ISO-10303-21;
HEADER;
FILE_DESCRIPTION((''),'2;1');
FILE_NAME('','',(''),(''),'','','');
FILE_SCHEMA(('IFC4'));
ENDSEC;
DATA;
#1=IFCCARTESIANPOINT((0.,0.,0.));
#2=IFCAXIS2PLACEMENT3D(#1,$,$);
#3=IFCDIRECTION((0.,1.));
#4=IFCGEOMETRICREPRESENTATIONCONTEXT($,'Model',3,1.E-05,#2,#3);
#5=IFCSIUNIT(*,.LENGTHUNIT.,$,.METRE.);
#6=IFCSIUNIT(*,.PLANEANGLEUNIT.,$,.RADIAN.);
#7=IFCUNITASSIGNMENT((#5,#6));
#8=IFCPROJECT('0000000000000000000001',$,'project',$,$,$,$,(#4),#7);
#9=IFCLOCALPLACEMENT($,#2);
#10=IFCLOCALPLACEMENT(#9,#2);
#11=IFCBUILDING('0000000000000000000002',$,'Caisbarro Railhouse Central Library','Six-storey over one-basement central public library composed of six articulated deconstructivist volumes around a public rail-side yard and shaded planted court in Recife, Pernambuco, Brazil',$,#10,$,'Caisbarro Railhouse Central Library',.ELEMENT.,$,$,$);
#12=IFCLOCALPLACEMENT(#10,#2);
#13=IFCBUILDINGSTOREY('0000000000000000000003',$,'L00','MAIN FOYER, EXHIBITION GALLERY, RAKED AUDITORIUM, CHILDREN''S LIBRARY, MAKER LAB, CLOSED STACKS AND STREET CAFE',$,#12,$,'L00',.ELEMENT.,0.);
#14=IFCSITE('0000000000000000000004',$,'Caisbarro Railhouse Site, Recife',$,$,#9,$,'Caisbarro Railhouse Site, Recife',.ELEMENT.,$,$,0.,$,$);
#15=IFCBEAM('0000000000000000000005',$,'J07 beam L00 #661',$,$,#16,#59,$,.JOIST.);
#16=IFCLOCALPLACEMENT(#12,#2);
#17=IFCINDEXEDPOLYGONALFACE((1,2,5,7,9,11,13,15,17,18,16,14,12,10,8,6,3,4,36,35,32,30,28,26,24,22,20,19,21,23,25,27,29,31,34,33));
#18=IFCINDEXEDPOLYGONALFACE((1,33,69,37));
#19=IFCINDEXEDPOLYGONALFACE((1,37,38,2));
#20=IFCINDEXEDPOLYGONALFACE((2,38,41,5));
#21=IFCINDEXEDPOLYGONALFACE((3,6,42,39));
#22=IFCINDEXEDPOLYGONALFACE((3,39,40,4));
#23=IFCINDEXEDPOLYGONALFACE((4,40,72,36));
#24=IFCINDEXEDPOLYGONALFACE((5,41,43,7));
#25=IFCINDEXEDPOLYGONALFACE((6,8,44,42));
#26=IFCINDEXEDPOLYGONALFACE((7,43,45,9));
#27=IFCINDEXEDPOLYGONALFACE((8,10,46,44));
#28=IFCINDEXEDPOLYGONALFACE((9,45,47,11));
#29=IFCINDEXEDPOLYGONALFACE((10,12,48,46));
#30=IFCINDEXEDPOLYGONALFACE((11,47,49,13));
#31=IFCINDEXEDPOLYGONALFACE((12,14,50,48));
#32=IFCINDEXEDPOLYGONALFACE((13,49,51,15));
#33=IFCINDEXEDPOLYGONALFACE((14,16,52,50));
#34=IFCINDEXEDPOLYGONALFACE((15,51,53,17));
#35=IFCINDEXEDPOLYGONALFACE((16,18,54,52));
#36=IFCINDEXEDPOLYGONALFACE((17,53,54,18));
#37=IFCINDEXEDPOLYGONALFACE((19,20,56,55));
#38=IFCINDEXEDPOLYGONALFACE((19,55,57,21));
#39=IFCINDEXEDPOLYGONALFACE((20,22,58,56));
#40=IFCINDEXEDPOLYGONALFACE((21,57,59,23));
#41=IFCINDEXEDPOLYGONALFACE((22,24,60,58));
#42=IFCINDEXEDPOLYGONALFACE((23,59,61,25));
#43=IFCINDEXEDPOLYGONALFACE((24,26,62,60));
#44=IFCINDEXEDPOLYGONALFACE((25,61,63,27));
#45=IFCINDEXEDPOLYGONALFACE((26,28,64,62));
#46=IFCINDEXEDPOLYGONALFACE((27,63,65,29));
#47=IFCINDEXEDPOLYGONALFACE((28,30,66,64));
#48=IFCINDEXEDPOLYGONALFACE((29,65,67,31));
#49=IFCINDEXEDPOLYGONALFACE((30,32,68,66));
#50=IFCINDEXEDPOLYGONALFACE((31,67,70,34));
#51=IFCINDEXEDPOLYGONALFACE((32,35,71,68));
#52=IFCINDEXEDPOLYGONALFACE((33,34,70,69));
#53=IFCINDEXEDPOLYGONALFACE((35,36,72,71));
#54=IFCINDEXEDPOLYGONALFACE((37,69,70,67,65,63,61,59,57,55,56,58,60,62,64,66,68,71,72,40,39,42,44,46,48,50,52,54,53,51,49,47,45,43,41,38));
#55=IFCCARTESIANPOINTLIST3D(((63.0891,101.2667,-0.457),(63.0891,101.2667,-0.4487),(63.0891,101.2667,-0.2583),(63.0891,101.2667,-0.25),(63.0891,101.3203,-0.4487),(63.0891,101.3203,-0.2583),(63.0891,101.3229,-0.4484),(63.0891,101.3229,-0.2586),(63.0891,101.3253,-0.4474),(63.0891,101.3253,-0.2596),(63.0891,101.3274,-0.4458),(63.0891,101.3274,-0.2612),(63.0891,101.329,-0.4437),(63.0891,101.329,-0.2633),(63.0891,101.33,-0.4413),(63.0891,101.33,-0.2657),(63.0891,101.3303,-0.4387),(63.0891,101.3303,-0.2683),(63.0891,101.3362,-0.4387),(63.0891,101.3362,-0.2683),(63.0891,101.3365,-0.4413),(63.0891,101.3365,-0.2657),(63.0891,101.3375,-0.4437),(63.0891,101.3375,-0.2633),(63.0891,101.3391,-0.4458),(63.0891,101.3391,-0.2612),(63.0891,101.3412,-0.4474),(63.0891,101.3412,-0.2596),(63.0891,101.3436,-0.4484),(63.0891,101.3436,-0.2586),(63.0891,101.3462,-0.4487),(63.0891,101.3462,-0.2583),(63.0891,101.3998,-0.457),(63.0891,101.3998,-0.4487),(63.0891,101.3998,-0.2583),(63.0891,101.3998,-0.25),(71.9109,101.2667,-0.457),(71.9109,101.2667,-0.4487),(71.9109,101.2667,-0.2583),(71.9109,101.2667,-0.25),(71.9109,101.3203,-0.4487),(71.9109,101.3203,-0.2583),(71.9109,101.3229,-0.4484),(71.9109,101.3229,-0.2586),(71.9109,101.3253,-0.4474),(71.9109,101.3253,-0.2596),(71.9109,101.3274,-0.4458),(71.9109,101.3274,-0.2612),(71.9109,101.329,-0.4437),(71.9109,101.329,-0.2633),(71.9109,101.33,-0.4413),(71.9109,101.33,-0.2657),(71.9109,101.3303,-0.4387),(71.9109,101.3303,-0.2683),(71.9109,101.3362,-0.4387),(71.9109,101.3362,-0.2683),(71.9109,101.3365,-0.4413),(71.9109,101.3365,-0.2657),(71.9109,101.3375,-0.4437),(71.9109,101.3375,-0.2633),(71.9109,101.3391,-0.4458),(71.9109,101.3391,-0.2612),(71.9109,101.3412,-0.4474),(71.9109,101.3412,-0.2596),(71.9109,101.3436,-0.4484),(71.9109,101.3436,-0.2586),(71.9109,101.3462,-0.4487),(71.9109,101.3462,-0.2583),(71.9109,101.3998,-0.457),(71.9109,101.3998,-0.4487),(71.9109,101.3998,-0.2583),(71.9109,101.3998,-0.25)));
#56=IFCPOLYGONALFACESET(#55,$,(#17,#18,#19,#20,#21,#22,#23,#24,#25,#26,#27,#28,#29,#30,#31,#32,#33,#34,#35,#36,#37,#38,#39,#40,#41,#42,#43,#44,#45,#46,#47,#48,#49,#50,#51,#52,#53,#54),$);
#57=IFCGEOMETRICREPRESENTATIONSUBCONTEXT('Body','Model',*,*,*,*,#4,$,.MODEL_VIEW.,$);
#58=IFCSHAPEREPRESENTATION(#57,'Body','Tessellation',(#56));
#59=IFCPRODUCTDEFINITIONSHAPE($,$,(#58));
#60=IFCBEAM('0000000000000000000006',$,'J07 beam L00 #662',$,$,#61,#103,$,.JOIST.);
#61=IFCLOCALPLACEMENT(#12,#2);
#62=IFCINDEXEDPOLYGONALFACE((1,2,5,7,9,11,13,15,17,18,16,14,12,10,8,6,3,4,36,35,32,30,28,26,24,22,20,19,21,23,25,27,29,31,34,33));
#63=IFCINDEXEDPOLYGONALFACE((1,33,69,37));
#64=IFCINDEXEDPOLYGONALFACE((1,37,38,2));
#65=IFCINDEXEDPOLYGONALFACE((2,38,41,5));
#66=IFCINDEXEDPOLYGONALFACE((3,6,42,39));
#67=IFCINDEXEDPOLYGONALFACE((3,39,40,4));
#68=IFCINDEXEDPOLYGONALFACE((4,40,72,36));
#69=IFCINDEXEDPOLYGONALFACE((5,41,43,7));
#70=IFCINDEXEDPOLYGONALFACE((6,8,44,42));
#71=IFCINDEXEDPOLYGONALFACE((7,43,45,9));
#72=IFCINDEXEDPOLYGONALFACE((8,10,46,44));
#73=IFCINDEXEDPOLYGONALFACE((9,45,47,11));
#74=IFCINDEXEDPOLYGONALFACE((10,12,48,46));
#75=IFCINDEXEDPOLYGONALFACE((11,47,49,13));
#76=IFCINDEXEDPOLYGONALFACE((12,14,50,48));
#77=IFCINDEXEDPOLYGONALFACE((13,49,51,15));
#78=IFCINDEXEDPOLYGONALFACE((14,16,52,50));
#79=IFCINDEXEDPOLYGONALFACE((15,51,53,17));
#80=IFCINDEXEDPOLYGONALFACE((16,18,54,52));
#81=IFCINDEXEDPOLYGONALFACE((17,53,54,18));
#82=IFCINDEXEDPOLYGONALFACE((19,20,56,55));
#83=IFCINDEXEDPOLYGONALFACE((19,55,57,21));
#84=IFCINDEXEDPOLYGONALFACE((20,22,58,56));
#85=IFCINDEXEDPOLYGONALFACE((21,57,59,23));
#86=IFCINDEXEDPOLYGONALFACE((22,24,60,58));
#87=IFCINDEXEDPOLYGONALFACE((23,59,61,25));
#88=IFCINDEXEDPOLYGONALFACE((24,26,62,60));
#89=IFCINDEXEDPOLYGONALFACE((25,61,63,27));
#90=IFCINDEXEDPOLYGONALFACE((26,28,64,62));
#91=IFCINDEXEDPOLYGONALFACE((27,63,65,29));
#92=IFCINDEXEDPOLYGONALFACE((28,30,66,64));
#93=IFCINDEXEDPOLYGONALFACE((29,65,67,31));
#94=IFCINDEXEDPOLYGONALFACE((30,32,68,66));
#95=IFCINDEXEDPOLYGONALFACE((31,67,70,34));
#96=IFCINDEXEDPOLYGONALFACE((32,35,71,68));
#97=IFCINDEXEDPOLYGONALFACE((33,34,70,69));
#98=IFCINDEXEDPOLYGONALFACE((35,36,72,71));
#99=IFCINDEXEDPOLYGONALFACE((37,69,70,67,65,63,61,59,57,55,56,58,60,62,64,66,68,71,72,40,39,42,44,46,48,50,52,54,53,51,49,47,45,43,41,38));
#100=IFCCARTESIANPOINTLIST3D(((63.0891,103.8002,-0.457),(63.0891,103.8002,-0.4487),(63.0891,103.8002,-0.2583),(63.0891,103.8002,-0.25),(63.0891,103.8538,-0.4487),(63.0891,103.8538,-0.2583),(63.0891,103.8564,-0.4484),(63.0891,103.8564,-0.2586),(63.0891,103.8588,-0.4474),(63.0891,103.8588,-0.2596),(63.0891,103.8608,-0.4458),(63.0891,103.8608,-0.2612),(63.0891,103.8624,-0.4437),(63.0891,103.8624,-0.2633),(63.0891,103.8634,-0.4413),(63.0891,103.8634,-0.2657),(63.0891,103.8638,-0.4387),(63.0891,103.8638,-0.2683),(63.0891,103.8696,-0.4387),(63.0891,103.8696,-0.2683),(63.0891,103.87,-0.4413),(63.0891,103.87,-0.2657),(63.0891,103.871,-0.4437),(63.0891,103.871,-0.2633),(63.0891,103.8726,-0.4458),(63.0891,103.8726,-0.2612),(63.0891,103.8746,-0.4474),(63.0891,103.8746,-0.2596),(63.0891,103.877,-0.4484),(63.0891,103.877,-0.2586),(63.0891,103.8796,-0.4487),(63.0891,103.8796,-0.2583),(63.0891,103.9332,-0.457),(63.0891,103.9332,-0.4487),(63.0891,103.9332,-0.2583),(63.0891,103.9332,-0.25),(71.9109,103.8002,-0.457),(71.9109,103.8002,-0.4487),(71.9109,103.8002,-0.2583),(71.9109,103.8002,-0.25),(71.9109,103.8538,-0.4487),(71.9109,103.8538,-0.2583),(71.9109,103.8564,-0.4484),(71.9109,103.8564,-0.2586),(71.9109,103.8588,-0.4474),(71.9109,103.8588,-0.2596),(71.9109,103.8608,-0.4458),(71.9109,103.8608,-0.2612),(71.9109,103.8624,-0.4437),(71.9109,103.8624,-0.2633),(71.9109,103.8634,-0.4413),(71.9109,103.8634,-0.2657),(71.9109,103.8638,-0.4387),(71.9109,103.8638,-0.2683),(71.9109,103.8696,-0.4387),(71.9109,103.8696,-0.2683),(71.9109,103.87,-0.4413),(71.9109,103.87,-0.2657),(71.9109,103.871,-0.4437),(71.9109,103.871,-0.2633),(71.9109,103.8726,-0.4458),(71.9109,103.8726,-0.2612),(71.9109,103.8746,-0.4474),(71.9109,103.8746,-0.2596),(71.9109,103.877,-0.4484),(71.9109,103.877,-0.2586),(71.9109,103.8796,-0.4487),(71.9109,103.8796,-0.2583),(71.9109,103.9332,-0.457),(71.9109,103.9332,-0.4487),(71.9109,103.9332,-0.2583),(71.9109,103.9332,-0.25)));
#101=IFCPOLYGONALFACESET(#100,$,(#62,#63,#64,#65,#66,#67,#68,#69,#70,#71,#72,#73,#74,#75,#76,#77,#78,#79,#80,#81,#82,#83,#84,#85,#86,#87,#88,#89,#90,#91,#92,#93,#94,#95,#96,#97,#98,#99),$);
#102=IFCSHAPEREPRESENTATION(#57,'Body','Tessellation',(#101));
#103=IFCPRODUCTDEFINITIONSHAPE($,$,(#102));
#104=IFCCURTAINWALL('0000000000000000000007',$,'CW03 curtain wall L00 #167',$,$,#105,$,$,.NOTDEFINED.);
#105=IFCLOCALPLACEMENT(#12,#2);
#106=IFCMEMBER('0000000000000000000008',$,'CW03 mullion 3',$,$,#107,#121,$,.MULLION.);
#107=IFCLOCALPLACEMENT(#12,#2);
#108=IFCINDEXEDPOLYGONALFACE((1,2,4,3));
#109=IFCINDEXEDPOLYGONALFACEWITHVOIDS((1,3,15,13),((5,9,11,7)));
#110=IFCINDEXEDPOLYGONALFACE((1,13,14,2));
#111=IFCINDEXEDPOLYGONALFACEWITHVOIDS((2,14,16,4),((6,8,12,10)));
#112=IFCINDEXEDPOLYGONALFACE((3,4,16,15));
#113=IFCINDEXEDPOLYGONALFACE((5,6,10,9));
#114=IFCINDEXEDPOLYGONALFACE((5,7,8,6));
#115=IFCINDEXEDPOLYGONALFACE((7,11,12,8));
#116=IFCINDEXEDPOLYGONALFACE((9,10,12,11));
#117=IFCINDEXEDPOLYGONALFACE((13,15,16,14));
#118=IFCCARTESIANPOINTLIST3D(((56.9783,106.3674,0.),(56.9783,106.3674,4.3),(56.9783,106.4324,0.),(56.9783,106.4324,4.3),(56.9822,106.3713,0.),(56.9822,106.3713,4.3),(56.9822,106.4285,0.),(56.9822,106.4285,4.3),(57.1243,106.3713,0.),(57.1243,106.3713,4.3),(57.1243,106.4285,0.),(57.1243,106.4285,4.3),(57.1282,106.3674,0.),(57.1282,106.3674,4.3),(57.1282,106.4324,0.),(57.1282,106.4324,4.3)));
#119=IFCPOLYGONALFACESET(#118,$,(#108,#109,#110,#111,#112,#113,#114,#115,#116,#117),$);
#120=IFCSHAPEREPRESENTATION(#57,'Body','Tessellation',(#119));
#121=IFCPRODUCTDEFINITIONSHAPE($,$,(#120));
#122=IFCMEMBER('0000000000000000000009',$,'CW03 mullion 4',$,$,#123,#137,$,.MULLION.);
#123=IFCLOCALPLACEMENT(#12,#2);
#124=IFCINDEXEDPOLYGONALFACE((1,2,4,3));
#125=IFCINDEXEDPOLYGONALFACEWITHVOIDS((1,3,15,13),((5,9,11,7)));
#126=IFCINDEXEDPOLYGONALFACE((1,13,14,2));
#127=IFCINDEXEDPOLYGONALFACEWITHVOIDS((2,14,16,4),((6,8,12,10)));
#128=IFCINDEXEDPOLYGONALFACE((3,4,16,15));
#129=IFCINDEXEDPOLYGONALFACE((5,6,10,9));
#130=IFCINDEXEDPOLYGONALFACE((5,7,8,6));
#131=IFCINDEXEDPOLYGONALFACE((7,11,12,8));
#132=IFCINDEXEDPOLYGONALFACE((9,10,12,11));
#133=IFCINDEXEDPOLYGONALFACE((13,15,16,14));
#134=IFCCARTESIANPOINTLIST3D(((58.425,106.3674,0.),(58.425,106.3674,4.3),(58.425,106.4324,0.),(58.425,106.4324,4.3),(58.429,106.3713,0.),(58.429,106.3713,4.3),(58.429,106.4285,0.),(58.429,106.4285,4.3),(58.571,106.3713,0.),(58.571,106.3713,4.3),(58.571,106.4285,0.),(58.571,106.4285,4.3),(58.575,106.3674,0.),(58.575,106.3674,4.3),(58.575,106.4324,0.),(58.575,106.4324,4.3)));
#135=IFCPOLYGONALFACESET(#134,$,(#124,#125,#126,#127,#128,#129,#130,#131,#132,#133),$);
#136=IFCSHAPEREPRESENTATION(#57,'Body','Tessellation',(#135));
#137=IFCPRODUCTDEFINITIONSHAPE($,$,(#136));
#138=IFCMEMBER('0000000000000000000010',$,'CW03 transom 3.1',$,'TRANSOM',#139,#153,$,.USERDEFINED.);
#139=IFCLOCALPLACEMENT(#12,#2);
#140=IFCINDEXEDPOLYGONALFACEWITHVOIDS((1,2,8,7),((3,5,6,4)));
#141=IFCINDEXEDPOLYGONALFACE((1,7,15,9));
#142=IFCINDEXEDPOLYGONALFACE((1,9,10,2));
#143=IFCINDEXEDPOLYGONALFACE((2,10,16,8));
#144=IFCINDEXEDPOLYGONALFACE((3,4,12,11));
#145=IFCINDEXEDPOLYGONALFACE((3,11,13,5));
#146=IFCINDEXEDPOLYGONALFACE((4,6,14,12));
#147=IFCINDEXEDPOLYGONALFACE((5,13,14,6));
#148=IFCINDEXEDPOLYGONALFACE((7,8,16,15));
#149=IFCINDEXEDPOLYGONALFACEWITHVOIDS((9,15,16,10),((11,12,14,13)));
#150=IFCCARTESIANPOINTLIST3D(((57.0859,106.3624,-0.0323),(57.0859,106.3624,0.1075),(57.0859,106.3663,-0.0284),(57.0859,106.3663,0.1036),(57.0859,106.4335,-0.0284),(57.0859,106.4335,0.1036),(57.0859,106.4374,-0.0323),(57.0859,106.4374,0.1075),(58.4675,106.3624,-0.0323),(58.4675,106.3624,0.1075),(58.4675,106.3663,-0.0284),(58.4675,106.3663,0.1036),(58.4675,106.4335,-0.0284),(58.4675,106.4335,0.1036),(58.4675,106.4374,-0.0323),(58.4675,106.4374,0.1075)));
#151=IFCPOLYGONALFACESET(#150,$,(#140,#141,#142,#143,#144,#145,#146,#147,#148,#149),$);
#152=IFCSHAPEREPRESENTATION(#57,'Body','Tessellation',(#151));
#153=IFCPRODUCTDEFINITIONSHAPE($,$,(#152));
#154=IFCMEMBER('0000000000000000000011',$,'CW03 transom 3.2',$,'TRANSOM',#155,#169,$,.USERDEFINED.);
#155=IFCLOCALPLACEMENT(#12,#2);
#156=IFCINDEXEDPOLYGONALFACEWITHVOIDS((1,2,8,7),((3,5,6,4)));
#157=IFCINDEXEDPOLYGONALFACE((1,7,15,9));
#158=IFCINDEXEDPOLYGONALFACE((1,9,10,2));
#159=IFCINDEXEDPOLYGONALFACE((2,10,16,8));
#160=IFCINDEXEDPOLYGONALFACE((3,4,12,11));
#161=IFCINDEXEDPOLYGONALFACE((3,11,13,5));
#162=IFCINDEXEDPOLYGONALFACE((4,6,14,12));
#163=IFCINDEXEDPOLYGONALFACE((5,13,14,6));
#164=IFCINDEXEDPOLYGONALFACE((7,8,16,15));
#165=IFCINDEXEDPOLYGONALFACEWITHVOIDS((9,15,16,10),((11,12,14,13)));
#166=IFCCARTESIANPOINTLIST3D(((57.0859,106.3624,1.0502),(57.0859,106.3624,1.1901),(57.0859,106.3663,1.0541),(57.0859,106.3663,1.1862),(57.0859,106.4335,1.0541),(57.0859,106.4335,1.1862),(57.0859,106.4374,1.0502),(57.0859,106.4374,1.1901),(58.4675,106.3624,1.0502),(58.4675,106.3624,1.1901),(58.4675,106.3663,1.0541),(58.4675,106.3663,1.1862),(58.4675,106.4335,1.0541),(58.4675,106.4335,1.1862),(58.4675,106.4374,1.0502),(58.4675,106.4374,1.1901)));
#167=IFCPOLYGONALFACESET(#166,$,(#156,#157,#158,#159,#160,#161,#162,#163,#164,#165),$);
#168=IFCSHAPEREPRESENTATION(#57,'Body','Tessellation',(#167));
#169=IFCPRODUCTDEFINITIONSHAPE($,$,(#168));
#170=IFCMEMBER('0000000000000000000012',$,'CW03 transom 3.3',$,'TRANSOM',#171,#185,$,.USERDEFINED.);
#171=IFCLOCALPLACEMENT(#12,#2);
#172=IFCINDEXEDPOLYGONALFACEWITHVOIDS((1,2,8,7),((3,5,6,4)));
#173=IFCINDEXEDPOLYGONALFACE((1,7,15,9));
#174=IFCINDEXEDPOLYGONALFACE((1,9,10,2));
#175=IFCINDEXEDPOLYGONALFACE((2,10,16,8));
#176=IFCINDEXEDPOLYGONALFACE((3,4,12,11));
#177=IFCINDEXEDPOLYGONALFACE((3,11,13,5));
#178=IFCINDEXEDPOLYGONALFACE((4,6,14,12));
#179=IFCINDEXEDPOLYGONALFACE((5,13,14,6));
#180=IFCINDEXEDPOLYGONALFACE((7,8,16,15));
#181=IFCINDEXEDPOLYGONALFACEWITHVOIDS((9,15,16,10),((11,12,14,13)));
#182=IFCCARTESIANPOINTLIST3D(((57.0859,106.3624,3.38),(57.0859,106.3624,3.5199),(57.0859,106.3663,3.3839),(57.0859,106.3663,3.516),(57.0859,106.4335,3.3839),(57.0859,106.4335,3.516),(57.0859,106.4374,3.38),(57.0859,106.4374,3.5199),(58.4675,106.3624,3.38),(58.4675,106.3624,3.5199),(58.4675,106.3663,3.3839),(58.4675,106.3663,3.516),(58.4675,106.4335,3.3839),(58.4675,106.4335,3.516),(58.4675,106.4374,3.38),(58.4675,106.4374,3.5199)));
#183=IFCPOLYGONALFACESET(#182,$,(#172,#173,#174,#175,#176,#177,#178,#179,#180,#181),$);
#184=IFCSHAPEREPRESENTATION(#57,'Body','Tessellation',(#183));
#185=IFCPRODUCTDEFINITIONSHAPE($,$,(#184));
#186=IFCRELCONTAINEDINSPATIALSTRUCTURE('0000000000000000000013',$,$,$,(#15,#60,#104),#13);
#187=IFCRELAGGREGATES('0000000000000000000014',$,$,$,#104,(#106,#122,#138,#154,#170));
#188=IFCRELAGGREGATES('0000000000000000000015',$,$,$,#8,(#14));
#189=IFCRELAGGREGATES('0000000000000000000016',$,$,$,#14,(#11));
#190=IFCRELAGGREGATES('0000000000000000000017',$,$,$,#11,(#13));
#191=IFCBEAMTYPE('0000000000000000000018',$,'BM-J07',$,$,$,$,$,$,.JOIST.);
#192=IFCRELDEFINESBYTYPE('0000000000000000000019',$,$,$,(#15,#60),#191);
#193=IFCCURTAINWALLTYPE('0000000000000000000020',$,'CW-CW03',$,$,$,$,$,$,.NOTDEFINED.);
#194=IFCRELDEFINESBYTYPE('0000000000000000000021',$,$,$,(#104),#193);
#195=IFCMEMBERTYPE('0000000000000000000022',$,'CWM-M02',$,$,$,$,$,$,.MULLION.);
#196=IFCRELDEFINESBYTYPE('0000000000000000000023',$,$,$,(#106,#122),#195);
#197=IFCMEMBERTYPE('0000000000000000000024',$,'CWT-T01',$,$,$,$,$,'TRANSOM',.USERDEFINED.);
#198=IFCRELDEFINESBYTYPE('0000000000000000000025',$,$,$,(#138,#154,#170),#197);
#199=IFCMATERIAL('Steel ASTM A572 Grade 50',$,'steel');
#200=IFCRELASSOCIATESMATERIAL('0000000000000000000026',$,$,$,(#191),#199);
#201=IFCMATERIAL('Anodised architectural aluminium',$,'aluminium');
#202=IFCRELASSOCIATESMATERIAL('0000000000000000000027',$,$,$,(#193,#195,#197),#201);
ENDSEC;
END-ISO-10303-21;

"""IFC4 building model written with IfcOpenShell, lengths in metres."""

from ifc_helpers import new_model, si_unit, direction, frame, origin, origin_2d, place, context, subcontext, project, spatial, hollow_rectangle, i_section, extrude, material, material_profile, profile_set, type_object, element, aggregate, save


model = new_model("IFC4")

# Units and contexts
model_context = context("Model", 3, precision=1e-05, world=origin(), true_north=direction((0.0, 1.0)))
body_context = subcontext(model_context, "Body", "Model", "MODEL_VIEW")
ifc_project = project(units=[si_unit("LENGTHUNIT", "METRE"), si_unit("PLANEANGLEUNIT", "RADIAN")], contexts=[model_context])

# Site, building, storey
site_placement = place(None, origin())
site = spatial("IfcSite", under=ifc_project, at=site_placement, Name="Caisbarro Railhouse Site, Recife", LongName="Caisbarro Railhouse Site, Recife", CompositionType="ELEMENT", RefElevation=0.0)
building_placement = place(site_placement, origin())
building = spatial("IfcBuilding", under=site, at=building_placement, Name="Caisbarro Railhouse Central Library", Description="Six-storey over one-basement central public library composed of six articulated deconstructivist volumes around a public rail-side yard and shaded planted court in Recife, Pernambuco, Brazil", LongName="Caisbarro Railhouse Central Library", CompositionType="ELEMENT")
storey_placement = place(building_placement, origin())
storey = spatial("IfcBuildingStorey", under=building, at=storey_placement, Name="L00", Description="MAIN FOYER, EXHIBITION GALLERY, RAKED AUDITORIUM, CHILDREN'S LIBRARY, MAKER LAB, CLOSED STACKS AND STREET CAFE", LongName="L00", CompositionType="ELEMENT", Elevation=0.0)

# Shared definitions
ifc_material_1 = material(Name="Steel ASTM A572 Grade 50", Category="steel")

# Beams
ifc_material_profile_1 = material_profile(ifc_material_1, i_section(OverallWidth=0.1331, OverallDepth=0.207, WebThickness=0.0059, FlangeThickness=0.0083, FilletRadius=0.01, at=origin_2d()), Name="W200X26.6")
ifc_profile_set_1 = profile_set([ifc_material_profile_1], Name="Steel ASTM A572 Grade 50")
beam_type_1 = type_object("IfcBeamType", Name="BM-J07", PredefinedType="JOIST", material=ifc_profile_set_1)
for number, where, z_axis, x_axis, name in (
    (1, (63.0891, 101.3333, -0.3535), (1.0, 0.0, 0.0), (0.0, 1.0, 0.0), "J07 beam L00 #661"),
    (2, (63.0891, 103.8667, -0.3535), (1.0, 0.0, 0.0), (0.0, 1.0, 0.0), "J07 beam L00 #662"),
):
    element("IfcBeam", number, at=place(storey_placement, frame(where, z_axis=z_axis, x_axis=x_axis)), inside=storey, type_object=beam_type_1, Name=name, PredefinedType="JOIST", context=body_context, shape_type="SweptSolid", body=[
        extrude(i_section(OverallWidth=0.1331, OverallDepth=0.207, WebThickness=0.0059, FlangeThickness=0.0083, FilletRadius=0.01, at=origin_2d()), origin(), (0.0, 0.0, 1.0), 8.8218),
    ])

# Curtain wall, members
ifc_material_2 = material(Name="Anodised architectural aluminium", Category="aluminium")
curtain_wall_type = type_object("IfcCurtainWallType", Name="CW-CW03", PredefinedType="NOTDEFINED", material=ifc_material_2)
curtain_wall_placement = place(storey_placement, origin())
curtain_wall = element("IfcCurtainWall", 3, at=curtain_wall_placement, inside=storey, type_object=curtain_wall_type, Name="CW03 curtain wall L00 #167", PredefinedType="NOTDEFINED")
ifc_material_profile_2 = material_profile(ifc_material_2, hollow_rectangle(XDim=0.0649, YDim=0.1499, WallThickness=0.0039, at=origin_2d()), Name="ALU-MUL-65X150")
ifc_profile_set_2 = profile_set([ifc_material_profile_2], Name="Anodised architectural aluminium")
member_type_1 = type_object("IfcMemberType", Name="CWM-M02", PredefinedType="MULLION", material=ifc_profile_set_2)
member_1_placement = place(storey_placement, frame((57.0532, 106.3999, 0.0), z_axis=(0.0, 0.0, 1.0), x_axis=(0.0, 1.0, 0.0)))
member_1 = element("IfcMember", 4, at=member_1_placement, type_object=member_type_1, Name="CW03 mullion 3", PredefinedType="MULLION", context=body_context, shape_type="SweptSolid", body=[
    extrude(hollow_rectangle(XDim=0.0649, YDim=0.1499, WallThickness=0.0039, at=origin_2d()), origin(), (0.0, 0.0, 1.0), 4.3),
])
member_2_placement = place(storey_placement, frame((58.5, 106.3999, 0.0), z_axis=(0.0, 0.0, 1.0), x_axis=(0.0, 1.0, 0.0)))
member_2 = element("IfcMember", 5, at=member_2_placement, type_object=member_type_1, Name="CW03 mullion 4", PredefinedType="MULLION", context=body_context, shape_type="SweptSolid", body=[
    extrude(hollow_rectangle(XDim=0.0649, YDim=0.1499, WallThickness=0.0039, at=origin_2d()), origin(), (0.0, 0.0, 1.0), 4.3),
])
ifc_material_profile_3 = material_profile(ifc_material_2, hollow_rectangle(XDim=0.075, YDim=0.1399, WallThickness=0.0039, at=origin_2d()), Name="ALU-TRN-75X140")
ifc_profile_set_3 = profile_set([ifc_material_profile_3], Name="Anodised architectural aluminium")
member_type_2 = type_object("IfcMemberType", Name="CWT-T01", ElementType="TRANSOM", PredefinedType="USERDEFINED", material=ifc_profile_set_3)
member_3_placement = place(storey_placement, frame((57.0859, 106.3999, 0.0376), z_axis=(1.0, 0.0, 0.0), x_axis=(0.0, 1.0, 0.0)))
member_3 = element("IfcMember", 6, at=member_3_placement, type_object=member_type_2, Name="CW03 transom 3.1", ObjectType="TRANSOM", PredefinedType="USERDEFINED", context=body_context, shape_type="SweptSolid", body=[
    extrude(hollow_rectangle(XDim=0.075, YDim=0.1399, WallThickness=0.0039, at=origin_2d()), origin(), (0.0, 0.0, 1.0), 1.3816),
])
member_4_placement = place(storey_placement, frame((57.0859, 106.3999, 1.1201), z_axis=(1.0, 0.0, 0.0), x_axis=(0.0, 1.0, 0.0)))
member_4 = element("IfcMember", 7, at=member_4_placement, type_object=member_type_2, Name="CW03 transom 3.2", ObjectType="TRANSOM", PredefinedType="USERDEFINED", context=body_context, shape_type="SweptSolid", body=[
    extrude(hollow_rectangle(XDim=0.075, YDim=0.1399, WallThickness=0.0039, at=origin_2d()), origin(), (0.0, 0.0, 1.0), 1.3816),
])
member_5_placement = place(storey_placement, frame((57.0859, 106.3999, 3.45), z_axis=(1.0, 0.0, 0.0), x_axis=(0.0, 1.0, 0.0)))
member_5 = element("IfcMember", 8, at=member_5_placement, type_object=member_type_2, Name="CW03 transom 3.3", ObjectType="TRANSOM", PredefinedType="USERDEFINED", context=body_context, shape_type="SweptSolid", body=[
    extrude(hollow_rectangle(XDim=0.075, YDim=0.1399, WallThickness=0.0039, at=origin_2d()), origin(), (0.0, 0.0, 1.0), 1.3816),
])
aggregate(curtain_wall, [member_1, member_2, member_3, member_4, member_5])

save(model, "model.ifc")
